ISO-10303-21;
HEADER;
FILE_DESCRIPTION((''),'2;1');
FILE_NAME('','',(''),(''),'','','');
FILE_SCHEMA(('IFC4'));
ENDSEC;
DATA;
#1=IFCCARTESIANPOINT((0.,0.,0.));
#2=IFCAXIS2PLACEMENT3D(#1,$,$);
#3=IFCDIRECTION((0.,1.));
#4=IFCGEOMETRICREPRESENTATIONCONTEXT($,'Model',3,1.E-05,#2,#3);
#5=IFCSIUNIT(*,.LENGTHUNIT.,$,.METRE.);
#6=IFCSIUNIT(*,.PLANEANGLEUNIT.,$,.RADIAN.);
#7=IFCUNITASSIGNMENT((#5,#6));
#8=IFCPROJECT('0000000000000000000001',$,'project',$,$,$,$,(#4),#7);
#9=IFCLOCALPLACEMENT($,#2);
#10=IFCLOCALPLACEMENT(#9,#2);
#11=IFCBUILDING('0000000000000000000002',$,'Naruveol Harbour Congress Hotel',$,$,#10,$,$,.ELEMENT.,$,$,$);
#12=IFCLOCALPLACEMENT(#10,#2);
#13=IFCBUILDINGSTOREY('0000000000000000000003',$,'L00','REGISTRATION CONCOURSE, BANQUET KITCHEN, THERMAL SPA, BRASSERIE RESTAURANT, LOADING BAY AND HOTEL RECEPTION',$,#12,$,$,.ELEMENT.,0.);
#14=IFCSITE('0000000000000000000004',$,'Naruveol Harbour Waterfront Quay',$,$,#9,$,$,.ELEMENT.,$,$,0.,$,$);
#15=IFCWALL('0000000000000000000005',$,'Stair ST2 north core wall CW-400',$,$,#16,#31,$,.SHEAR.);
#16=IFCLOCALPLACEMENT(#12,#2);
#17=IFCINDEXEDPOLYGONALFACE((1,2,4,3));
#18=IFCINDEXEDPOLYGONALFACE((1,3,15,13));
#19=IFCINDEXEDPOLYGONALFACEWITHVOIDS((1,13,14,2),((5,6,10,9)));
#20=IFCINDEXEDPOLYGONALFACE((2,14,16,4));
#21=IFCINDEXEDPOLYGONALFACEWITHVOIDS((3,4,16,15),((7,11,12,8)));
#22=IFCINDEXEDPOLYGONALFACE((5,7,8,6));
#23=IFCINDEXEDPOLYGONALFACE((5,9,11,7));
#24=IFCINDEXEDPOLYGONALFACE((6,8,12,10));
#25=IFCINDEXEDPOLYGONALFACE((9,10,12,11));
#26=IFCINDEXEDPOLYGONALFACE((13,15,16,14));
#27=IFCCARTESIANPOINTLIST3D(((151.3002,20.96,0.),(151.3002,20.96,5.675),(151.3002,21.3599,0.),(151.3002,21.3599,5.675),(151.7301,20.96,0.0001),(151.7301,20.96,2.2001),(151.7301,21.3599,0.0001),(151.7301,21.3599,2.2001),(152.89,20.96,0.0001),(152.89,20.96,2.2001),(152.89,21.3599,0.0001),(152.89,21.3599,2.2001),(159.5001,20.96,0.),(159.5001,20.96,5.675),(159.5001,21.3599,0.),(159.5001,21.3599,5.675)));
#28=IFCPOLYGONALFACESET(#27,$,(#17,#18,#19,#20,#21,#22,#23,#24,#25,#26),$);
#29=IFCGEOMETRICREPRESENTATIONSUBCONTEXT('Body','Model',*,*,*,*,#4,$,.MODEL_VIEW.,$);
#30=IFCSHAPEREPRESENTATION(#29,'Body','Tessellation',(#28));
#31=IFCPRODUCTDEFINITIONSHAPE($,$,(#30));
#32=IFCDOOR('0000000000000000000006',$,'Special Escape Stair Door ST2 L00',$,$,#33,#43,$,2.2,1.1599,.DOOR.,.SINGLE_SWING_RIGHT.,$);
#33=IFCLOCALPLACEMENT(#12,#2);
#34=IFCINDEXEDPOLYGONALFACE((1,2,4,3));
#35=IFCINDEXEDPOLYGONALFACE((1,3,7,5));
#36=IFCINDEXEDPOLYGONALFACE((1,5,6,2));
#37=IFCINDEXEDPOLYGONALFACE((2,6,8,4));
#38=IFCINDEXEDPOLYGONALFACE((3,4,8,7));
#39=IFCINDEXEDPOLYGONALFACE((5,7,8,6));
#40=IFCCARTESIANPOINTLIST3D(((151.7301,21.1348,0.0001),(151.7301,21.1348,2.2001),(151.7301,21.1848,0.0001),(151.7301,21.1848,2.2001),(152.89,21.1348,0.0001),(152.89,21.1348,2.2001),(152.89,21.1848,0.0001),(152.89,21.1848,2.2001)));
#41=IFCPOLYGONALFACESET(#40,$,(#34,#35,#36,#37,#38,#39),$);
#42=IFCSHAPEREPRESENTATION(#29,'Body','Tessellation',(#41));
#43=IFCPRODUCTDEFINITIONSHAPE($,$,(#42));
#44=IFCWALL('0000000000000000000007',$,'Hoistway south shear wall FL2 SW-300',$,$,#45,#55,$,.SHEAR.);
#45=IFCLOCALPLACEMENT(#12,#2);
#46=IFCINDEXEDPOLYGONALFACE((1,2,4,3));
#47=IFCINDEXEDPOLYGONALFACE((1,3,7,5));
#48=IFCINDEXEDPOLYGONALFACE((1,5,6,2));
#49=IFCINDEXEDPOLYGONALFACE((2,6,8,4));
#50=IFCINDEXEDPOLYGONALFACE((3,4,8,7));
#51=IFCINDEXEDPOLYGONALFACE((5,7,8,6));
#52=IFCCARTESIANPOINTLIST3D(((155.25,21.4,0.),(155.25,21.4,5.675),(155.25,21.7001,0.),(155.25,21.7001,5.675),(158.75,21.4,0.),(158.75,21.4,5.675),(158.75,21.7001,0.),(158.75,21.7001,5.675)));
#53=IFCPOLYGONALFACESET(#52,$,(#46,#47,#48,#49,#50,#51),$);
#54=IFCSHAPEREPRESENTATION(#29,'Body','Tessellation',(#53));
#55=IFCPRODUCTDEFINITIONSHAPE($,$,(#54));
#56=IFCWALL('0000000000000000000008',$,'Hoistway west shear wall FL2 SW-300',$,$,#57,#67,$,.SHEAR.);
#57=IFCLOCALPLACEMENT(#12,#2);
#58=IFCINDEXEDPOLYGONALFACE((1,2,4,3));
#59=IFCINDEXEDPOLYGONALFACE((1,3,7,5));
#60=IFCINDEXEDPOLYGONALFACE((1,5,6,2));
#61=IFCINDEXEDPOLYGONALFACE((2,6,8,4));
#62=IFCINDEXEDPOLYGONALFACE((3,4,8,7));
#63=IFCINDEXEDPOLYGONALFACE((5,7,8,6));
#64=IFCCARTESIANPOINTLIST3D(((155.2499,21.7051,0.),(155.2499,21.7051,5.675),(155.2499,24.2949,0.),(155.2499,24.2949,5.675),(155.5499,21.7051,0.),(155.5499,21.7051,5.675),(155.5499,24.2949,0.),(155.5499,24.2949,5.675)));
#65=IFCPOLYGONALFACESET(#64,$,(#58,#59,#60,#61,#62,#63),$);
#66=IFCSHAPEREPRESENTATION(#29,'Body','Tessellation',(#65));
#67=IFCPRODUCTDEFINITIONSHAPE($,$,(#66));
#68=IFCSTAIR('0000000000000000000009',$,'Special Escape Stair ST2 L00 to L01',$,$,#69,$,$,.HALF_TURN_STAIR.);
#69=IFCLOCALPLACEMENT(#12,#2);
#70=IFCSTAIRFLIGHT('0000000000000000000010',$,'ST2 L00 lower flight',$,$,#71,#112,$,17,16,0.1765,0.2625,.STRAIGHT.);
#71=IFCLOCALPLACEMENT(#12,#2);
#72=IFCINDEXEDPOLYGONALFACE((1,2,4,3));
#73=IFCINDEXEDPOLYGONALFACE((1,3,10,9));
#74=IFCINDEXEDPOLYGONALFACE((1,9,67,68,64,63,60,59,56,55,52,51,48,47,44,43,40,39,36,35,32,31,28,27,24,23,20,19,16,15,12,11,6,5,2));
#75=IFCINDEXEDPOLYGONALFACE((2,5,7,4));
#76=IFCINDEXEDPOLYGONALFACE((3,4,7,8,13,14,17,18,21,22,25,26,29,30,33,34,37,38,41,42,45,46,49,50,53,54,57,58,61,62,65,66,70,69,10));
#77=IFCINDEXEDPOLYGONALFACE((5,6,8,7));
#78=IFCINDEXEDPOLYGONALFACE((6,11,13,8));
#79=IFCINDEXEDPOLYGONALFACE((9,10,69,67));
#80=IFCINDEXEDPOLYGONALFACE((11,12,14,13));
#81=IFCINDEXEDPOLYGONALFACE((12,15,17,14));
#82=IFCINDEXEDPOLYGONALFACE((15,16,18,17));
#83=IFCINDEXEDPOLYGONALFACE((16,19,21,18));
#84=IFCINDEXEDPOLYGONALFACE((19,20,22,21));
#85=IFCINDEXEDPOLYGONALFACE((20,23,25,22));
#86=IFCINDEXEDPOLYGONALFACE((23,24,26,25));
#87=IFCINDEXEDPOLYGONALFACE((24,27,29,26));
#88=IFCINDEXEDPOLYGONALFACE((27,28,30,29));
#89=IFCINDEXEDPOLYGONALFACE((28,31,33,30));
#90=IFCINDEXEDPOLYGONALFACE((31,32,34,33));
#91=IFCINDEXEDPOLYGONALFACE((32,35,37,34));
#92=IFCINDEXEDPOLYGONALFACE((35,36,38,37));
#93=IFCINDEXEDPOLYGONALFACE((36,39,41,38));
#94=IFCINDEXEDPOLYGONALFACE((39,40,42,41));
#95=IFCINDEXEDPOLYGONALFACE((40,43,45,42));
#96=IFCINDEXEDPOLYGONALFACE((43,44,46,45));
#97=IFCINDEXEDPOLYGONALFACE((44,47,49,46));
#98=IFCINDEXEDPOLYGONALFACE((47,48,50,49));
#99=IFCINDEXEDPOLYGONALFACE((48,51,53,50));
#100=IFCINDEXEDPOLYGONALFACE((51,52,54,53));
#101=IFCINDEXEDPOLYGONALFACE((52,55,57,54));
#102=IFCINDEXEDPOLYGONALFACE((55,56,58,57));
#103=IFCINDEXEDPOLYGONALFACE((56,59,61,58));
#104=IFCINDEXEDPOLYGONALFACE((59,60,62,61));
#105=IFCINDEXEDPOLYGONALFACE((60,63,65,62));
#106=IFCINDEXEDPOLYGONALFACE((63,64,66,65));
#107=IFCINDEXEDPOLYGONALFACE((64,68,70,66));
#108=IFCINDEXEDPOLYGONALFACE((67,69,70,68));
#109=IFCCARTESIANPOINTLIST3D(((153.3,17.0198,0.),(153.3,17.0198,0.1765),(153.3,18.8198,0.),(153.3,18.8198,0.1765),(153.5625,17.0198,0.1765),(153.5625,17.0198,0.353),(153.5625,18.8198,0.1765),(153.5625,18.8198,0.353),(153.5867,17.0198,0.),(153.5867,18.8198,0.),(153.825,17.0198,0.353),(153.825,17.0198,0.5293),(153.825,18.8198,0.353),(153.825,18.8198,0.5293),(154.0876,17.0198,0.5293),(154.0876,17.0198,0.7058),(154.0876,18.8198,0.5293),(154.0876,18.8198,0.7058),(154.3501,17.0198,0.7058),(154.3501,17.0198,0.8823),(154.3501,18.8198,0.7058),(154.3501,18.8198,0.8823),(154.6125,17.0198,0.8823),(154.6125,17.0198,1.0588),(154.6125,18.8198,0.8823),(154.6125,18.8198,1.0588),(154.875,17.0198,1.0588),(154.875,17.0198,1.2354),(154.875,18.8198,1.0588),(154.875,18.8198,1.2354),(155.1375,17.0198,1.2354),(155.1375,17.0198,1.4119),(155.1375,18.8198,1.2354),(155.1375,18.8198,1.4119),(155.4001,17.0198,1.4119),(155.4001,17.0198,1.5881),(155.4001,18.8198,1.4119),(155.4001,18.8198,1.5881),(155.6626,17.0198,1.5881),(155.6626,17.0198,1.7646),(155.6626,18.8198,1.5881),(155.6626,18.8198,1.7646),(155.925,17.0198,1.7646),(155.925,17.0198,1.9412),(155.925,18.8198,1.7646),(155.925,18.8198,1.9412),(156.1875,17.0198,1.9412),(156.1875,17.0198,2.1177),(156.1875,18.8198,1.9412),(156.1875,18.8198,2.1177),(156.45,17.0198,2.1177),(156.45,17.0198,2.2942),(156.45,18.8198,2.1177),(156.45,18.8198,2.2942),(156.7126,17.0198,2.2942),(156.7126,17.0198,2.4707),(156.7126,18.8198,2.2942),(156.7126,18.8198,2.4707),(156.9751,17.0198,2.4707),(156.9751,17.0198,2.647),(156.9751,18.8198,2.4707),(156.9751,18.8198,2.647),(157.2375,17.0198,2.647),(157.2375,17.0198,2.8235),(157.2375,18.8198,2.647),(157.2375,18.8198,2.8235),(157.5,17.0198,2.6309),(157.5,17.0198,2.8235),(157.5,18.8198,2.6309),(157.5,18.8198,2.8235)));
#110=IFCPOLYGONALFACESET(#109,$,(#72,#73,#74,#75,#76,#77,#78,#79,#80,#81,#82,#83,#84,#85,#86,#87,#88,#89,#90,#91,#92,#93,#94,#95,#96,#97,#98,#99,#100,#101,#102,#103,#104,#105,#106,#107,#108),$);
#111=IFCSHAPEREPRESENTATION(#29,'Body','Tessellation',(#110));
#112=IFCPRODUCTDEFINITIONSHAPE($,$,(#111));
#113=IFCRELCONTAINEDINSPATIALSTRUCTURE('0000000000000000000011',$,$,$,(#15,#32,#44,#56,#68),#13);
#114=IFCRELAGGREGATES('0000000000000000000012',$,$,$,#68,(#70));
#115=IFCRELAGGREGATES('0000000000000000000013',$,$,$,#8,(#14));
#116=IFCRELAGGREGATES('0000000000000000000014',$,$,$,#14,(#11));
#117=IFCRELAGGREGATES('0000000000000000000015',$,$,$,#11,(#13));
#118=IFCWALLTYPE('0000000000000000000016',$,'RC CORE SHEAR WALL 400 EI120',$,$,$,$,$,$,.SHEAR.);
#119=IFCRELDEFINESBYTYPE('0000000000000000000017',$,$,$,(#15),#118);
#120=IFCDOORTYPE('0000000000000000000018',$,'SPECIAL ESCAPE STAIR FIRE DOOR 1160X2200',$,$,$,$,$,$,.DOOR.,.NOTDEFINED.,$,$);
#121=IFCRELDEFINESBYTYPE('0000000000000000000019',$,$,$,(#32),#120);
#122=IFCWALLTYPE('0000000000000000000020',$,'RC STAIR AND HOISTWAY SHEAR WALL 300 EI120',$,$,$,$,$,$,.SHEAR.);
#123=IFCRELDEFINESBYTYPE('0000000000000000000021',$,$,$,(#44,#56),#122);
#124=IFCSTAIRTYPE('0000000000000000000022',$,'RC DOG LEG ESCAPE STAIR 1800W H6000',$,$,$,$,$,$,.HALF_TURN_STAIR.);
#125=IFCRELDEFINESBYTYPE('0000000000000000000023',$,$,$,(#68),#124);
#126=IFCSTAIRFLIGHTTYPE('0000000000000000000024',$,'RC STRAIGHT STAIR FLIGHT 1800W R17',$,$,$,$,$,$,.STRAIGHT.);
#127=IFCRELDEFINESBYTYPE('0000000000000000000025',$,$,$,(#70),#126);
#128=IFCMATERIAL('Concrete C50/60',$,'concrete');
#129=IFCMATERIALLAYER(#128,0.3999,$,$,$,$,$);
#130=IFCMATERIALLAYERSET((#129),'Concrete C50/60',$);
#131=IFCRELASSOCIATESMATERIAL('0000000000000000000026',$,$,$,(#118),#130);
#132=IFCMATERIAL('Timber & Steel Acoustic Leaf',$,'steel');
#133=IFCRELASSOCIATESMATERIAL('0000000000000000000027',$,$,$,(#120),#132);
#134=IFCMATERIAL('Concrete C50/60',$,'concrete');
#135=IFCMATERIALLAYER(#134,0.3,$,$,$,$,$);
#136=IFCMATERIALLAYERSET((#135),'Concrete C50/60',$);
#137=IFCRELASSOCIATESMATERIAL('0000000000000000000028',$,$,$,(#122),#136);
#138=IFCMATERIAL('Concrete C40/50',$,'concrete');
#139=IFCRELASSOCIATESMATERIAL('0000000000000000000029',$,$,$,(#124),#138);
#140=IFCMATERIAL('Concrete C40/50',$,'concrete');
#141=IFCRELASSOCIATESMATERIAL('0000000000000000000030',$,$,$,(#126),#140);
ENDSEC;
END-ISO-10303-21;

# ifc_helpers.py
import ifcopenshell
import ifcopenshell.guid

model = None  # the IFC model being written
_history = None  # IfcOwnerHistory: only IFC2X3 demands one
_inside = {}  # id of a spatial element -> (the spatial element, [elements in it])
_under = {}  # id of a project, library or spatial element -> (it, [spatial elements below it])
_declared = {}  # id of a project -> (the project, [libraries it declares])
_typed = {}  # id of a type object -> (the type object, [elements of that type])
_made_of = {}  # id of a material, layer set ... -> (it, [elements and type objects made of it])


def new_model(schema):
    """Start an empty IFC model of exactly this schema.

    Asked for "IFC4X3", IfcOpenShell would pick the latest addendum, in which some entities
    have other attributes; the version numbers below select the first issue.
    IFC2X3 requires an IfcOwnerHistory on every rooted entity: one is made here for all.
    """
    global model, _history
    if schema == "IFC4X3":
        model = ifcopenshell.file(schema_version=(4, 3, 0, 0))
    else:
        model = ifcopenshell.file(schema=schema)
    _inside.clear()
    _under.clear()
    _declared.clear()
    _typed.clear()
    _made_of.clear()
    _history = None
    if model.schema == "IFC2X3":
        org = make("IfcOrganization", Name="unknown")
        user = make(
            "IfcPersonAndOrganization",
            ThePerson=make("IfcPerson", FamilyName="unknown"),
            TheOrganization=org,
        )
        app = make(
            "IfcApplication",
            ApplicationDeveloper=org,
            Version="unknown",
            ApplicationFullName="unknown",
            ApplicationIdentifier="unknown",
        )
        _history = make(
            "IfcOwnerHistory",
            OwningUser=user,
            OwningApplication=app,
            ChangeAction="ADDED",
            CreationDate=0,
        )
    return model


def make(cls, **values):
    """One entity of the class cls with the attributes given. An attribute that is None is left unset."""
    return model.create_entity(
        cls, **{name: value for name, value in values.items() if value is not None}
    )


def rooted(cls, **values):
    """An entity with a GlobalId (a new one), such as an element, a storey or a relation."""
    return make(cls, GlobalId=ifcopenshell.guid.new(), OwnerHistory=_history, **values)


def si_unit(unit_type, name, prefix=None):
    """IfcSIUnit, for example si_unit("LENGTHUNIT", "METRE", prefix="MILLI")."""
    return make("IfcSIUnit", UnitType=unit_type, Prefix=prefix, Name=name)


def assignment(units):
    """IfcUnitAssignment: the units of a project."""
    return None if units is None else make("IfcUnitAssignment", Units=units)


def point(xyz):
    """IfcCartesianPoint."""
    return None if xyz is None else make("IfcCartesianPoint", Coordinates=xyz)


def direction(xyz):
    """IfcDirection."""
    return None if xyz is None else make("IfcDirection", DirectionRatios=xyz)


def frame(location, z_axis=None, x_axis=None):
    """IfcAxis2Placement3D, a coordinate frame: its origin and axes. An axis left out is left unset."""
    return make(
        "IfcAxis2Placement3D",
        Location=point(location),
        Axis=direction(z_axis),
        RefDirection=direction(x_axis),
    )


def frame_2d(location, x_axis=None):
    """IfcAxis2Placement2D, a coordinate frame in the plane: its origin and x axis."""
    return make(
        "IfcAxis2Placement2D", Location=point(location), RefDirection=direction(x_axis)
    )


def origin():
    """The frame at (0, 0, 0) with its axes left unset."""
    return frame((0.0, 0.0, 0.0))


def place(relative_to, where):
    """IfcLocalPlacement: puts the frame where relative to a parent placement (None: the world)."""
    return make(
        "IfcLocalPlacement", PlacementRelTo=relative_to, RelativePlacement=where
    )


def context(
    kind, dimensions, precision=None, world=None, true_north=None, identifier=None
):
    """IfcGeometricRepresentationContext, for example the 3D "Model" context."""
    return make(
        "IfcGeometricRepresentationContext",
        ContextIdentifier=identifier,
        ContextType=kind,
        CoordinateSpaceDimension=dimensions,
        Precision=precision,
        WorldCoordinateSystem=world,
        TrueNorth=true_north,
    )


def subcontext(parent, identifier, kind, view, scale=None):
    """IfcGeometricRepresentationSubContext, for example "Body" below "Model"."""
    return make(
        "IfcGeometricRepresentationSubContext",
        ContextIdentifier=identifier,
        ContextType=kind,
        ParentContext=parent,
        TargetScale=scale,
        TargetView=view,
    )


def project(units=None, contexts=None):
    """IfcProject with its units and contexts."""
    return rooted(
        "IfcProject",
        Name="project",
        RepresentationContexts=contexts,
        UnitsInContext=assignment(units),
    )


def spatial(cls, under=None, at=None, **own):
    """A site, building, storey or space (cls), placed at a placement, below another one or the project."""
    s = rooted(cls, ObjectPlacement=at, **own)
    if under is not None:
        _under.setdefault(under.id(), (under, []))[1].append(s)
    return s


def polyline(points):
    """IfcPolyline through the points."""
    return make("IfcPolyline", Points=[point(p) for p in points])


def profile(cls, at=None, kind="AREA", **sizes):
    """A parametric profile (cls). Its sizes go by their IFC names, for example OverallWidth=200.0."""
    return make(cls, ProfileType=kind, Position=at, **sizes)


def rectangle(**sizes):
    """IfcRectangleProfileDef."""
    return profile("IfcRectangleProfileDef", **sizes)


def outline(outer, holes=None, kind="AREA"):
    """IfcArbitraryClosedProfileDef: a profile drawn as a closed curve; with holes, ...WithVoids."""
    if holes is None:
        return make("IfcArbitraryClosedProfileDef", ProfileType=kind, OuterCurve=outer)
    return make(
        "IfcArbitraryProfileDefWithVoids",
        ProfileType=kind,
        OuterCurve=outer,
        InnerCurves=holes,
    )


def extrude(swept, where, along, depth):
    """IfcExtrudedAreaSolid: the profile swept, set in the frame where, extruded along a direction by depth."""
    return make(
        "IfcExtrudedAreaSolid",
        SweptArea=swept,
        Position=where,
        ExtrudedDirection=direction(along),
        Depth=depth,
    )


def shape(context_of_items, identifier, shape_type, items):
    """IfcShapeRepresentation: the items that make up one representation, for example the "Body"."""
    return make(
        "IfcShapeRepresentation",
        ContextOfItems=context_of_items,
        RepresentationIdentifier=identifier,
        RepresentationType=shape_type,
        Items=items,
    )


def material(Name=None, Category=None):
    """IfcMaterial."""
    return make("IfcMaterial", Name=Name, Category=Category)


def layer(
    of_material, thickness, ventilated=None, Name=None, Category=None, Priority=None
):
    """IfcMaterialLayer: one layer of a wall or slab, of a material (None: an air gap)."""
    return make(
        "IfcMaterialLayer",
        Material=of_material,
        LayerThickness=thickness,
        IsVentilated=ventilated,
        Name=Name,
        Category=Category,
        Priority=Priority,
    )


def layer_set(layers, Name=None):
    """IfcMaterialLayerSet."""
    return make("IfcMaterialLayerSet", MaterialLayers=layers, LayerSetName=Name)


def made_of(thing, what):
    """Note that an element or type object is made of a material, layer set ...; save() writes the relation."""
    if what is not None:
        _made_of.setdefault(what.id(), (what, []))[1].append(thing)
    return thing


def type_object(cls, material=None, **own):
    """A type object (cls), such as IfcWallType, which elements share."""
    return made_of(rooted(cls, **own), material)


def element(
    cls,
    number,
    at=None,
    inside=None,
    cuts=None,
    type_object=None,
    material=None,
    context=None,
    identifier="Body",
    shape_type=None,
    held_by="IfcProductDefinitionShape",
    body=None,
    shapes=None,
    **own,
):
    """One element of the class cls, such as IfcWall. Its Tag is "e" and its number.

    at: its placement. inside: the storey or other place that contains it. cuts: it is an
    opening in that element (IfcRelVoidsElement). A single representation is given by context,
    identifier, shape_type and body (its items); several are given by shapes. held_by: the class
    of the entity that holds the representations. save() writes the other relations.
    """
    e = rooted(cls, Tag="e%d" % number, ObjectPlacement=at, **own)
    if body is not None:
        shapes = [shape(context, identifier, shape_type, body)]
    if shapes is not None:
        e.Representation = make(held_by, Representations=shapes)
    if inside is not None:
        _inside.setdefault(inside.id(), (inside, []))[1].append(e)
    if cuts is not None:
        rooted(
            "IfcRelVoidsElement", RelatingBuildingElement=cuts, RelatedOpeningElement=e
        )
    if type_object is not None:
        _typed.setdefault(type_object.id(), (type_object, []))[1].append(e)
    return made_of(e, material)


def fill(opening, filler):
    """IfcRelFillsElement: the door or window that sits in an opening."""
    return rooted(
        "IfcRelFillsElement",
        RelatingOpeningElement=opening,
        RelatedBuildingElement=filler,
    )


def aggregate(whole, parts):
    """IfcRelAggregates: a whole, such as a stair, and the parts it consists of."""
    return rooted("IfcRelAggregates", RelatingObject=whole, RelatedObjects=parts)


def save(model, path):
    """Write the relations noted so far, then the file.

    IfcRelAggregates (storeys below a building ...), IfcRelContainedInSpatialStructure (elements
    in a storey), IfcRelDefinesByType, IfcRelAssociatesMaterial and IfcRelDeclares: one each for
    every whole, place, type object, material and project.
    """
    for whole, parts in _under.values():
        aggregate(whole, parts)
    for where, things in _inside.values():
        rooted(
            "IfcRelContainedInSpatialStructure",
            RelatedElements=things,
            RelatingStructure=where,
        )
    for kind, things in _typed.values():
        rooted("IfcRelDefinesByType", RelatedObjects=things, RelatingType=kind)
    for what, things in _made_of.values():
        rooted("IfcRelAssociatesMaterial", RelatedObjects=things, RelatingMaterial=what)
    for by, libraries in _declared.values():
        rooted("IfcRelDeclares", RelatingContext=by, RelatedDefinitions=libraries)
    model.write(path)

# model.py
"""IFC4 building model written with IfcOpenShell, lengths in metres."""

from ifc_helpers import new_model, si_unit, direction, frame, frame_2d, origin, place, context, subcontext, project, spatial, polyline, rectangle, outline, extrude, material, layer, layer_set, type_object, element, fill, aggregate, save


model = new_model("IFC4")

# Units and contexts
model_context = context("Model", 3, precision=1e-05, world=origin(), true_north=direction((0.0, 1.0)))
body_context = subcontext(model_context, "Body", "Model", "MODEL_VIEW")
ifc_project = project(units=[si_unit("LENGTHUNIT", "METRE"), si_unit("PLANEANGLEUNIT", "RADIAN")], contexts=[model_context])

# Site, building, storey
site_placement = place(None, origin())
site = spatial("IfcSite", under=ifc_project, at=site_placement, Name="Naruveol Harbour Waterfront Quay", CompositionType="ELEMENT", RefElevation=0.0)
building_placement = place(site_placement, origin())
building = spatial("IfcBuilding", under=site, at=building_placement, Name="Naruveol Harbour Congress Hotel", CompositionType="ELEMENT")
storey_placement = place(building_placement, origin())
storey = spatial("IfcBuildingStorey", under=building, at=storey_placement, Name="L00", Description="REGISTRATION CONCOURSE, BANQUET KITCHEN, THERMAL SPA, BRASSERIE RESTAURANT, LOADING BAY AND HOTEL RECEPTION", CompositionType="ELEMENT", Elevation=0.0)

# Wall, opening, door
ifc_material_1 = material(Name="Concrete C50/60", Category="concrete")
ifc_layer_1 = layer(ifc_material_1, 0.3999)
ifc_layer_set_1 = layer_set([ifc_layer_1], Name="Concrete C50/60")
wall_type_1 = type_object("IfcWallType", Name="RC CORE SHEAR WALL 400 EI120", PredefinedType="SHEAR", material=ifc_layer_set_1)
wall_1_placement = place(storey_placement, frame((151.3, 21.1599, 0.0), z_axis=(0.0, 0.0, 1.0), x_axis=(1.0, 0.0, 0.0)))
wall_1 = element("IfcWall", 1, at=wall_1_placement, inside=storey, type_object=wall_type_1, Name="Stair ST2 north core wall CW-400", PredefinedType="SHEAR", context=body_context, shape_type="SweptSolid", body=[
    extrude(rectangle(XDim=8.2, YDim=0.3999, at=frame_2d((4.1001, 0.0))), origin(), (0.0, 0.0, 1.0), 5.675),
])
opening_1_placement = place(wall_1_placement, frame((0.4299, 0.0, 0.0)))
opening_1 = element("IfcOpeningElement", 2, at=opening_1_placement, cuts=wall_1, PredefinedType="OPENING", context=body_context, shape_type="SweptSolid", body=[
    extrude(rectangle(XDim=1.1599, YDim=2.2, at=frame_2d((0.5801, 1.1001))), frame((0.0, 0.21, 0.0), z_axis=(0.0, -1.0, 0.0), x_axis=(1.0, 0.0, 0.0)), (0.0, 0.0, 1.0), 0.4199),
])
ifc_material_2 = material(Name="Timber & Steel Acoustic Leaf", Category="steel")
door_type_1 = type_object("IfcDoorType", Name="SPECIAL ESCAPE STAIR FIRE DOOR 1160X2200", OperationType="NOTDEFINED", PredefinedType="DOOR", material=ifc_material_2)
door_1_placement = place(opening_1_placement, origin())
door_1 = element("IfcDoor", 3, at=door_1_placement, inside=storey, type_object=door_type_1, Name="Special Escape Stair Door ST2 L00", OperationType="SINGLE_SWING_RIGHT", OverallHeight=2.2, OverallWidth=1.1599, PredefinedType="DOOR", context=body_context, shape_type="SweptSolid", body=[
    extrude(rectangle(XDim=1.1599, YDim=2.2, at=frame_2d((0.5801, 1.1001))), frame((0.0, 0.0249, 0.0), z_axis=(0.0, -1.0, 0.0), x_axis=(1.0, 0.0, 0.0)), (0.0, 0.0, 1.0), 0.05),
])
fill(opening_1, door_1)

# Walls
ifc_material_3 = material(Name="Concrete C50/60", Category="concrete")
ifc_layer_2 = layer(ifc_material_3, 0.3)
ifc_layer_set_2 = layer_set([ifc_layer_2], Name="Concrete C50/60")
wall_type_2 = type_object("IfcWallType", Name="RC STAIR AND HOISTWAY SHEAR WALL 300 EI120", PredefinedType="SHEAR", material=ifc_layer_set_2)
wall_2_placement = place(storey_placement, frame((155.25, 21.55, 0.0), z_axis=(0.0, 0.0, 1.0), x_axis=(1.0, 0.0, 0.0)))
element("IfcWall", 4, at=wall_2_placement, inside=storey, type_object=wall_type_2, Name="Hoistway south shear wall FL2 SW-300", PredefinedType="SHEAR", context=body_context, shape_type="SweptSolid", body=[
    extrude(rectangle(XDim=3.5, YDim=0.3, at=frame_2d((1.75, 0.0))), origin(), (0.0, 0.0, 1.0), 5.675),
])
wall_3_placement = place(storey_placement, frame((155.3999, 24.2949, 0.0), z_axis=(0.0, 0.0, 1.0), x_axis=(0.0, -1.0, 0.0)))
element("IfcWall", 5, at=wall_3_placement, inside=storey, type_object=wall_type_2, Name="Hoistway west shear wall FL2 SW-300", PredefinedType="SHEAR", context=body_context, shape_type="SweptSolid", body=[
    extrude(rectangle(XDim=2.5898, YDim=0.3, at=frame_2d((1.2949, 0.0))), origin(), (0.0, 0.0, 1.0), 5.675),
])

# Stair, stair flight
ifc_material_4 = material(Name="Concrete C40/50", Category="concrete")
stair_type = type_object("IfcStairType", Name="RC DOG LEG ESCAPE STAIR 1800W H6000", PredefinedType="HALF_TURN_STAIR", material=ifc_material_4)
stair_placement = place(storey_placement, origin())
stair = element("IfcStair", 6, at=stair_placement, inside=storey, type_object=stair_type, Name="Special Escape Stair ST2 L00 to L01", PredefinedType="HALF_TURN_STAIR")
ifc_material_5 = material(Name="Concrete C40/50", Category="concrete")
stair_flight_type = type_object("IfcStairFlightType", Name="RC STRAIGHT STAIR FLIGHT 1800W R17", PredefinedType="STRAIGHT", material=ifc_material_5)
stair_flight_placement = place(storey_placement, frame((153.3, 17.9199, 0.0), z_axis=(0.0, 0.0, 1.0), x_axis=(1.0, 0.0, 0.0)))
stair_flight = element("IfcStairFlight", 7, at=stair_flight_placement, type_object=stair_flight_type, Name="ST2 L00 lower flight", NumberOfRisers=17, NumberOfTreads=16, PredefinedType="STRAIGHT", RiserHeight=0.1765, TreadLength=0.2625, context=body_context, shape_type="SweptSolid", body=[
    extrude(outline(polyline([(0.0, 0.0), (0.0, 0.1765), (0.2625, 0.1765), (0.2625, 0.353), (0.5249, 0.353), (0.5249, 0.5293), (0.7876, 0.5293), (0.7876, 0.7058), (1.05, 0.7058), (1.05, 0.8823), (1.3125, 0.8823), (1.3125, 1.0588), (1.575, 1.0588), (1.575, 1.2354), (1.8374, 1.2354), (1.8374, 1.4119), (2.1001, 1.4119), (2.1001, 1.5881), (2.3625, 1.5881), (2.3625, 1.7646), (2.625, 1.7646), (2.625, 1.9412), (2.8875, 1.9412), (2.8875, 2.1177), (3.1499, 2.1177), (3.1499, 2.2942), (3.4126, 2.2942), (3.4126, 2.4707), (3.675, 2.4707), (3.675, 2.647), (3.9375, 2.647), (3.9375, 2.8235), (4.2, 2.8235), (4.2, 3.0), (4.2, 2.6309), (0.2866, 0.0), (0.0, 0.0)])), frame((0.0, 0.8999, 0.0), z_axis=(0.0, -1.0, 0.0), x_axis=(1.0, 0.0, 0.0)), (0.0, 0.0, 1.0), 1.8),
])
aggregate(stair, [stair_flight])

save(model, "model.ifc")
